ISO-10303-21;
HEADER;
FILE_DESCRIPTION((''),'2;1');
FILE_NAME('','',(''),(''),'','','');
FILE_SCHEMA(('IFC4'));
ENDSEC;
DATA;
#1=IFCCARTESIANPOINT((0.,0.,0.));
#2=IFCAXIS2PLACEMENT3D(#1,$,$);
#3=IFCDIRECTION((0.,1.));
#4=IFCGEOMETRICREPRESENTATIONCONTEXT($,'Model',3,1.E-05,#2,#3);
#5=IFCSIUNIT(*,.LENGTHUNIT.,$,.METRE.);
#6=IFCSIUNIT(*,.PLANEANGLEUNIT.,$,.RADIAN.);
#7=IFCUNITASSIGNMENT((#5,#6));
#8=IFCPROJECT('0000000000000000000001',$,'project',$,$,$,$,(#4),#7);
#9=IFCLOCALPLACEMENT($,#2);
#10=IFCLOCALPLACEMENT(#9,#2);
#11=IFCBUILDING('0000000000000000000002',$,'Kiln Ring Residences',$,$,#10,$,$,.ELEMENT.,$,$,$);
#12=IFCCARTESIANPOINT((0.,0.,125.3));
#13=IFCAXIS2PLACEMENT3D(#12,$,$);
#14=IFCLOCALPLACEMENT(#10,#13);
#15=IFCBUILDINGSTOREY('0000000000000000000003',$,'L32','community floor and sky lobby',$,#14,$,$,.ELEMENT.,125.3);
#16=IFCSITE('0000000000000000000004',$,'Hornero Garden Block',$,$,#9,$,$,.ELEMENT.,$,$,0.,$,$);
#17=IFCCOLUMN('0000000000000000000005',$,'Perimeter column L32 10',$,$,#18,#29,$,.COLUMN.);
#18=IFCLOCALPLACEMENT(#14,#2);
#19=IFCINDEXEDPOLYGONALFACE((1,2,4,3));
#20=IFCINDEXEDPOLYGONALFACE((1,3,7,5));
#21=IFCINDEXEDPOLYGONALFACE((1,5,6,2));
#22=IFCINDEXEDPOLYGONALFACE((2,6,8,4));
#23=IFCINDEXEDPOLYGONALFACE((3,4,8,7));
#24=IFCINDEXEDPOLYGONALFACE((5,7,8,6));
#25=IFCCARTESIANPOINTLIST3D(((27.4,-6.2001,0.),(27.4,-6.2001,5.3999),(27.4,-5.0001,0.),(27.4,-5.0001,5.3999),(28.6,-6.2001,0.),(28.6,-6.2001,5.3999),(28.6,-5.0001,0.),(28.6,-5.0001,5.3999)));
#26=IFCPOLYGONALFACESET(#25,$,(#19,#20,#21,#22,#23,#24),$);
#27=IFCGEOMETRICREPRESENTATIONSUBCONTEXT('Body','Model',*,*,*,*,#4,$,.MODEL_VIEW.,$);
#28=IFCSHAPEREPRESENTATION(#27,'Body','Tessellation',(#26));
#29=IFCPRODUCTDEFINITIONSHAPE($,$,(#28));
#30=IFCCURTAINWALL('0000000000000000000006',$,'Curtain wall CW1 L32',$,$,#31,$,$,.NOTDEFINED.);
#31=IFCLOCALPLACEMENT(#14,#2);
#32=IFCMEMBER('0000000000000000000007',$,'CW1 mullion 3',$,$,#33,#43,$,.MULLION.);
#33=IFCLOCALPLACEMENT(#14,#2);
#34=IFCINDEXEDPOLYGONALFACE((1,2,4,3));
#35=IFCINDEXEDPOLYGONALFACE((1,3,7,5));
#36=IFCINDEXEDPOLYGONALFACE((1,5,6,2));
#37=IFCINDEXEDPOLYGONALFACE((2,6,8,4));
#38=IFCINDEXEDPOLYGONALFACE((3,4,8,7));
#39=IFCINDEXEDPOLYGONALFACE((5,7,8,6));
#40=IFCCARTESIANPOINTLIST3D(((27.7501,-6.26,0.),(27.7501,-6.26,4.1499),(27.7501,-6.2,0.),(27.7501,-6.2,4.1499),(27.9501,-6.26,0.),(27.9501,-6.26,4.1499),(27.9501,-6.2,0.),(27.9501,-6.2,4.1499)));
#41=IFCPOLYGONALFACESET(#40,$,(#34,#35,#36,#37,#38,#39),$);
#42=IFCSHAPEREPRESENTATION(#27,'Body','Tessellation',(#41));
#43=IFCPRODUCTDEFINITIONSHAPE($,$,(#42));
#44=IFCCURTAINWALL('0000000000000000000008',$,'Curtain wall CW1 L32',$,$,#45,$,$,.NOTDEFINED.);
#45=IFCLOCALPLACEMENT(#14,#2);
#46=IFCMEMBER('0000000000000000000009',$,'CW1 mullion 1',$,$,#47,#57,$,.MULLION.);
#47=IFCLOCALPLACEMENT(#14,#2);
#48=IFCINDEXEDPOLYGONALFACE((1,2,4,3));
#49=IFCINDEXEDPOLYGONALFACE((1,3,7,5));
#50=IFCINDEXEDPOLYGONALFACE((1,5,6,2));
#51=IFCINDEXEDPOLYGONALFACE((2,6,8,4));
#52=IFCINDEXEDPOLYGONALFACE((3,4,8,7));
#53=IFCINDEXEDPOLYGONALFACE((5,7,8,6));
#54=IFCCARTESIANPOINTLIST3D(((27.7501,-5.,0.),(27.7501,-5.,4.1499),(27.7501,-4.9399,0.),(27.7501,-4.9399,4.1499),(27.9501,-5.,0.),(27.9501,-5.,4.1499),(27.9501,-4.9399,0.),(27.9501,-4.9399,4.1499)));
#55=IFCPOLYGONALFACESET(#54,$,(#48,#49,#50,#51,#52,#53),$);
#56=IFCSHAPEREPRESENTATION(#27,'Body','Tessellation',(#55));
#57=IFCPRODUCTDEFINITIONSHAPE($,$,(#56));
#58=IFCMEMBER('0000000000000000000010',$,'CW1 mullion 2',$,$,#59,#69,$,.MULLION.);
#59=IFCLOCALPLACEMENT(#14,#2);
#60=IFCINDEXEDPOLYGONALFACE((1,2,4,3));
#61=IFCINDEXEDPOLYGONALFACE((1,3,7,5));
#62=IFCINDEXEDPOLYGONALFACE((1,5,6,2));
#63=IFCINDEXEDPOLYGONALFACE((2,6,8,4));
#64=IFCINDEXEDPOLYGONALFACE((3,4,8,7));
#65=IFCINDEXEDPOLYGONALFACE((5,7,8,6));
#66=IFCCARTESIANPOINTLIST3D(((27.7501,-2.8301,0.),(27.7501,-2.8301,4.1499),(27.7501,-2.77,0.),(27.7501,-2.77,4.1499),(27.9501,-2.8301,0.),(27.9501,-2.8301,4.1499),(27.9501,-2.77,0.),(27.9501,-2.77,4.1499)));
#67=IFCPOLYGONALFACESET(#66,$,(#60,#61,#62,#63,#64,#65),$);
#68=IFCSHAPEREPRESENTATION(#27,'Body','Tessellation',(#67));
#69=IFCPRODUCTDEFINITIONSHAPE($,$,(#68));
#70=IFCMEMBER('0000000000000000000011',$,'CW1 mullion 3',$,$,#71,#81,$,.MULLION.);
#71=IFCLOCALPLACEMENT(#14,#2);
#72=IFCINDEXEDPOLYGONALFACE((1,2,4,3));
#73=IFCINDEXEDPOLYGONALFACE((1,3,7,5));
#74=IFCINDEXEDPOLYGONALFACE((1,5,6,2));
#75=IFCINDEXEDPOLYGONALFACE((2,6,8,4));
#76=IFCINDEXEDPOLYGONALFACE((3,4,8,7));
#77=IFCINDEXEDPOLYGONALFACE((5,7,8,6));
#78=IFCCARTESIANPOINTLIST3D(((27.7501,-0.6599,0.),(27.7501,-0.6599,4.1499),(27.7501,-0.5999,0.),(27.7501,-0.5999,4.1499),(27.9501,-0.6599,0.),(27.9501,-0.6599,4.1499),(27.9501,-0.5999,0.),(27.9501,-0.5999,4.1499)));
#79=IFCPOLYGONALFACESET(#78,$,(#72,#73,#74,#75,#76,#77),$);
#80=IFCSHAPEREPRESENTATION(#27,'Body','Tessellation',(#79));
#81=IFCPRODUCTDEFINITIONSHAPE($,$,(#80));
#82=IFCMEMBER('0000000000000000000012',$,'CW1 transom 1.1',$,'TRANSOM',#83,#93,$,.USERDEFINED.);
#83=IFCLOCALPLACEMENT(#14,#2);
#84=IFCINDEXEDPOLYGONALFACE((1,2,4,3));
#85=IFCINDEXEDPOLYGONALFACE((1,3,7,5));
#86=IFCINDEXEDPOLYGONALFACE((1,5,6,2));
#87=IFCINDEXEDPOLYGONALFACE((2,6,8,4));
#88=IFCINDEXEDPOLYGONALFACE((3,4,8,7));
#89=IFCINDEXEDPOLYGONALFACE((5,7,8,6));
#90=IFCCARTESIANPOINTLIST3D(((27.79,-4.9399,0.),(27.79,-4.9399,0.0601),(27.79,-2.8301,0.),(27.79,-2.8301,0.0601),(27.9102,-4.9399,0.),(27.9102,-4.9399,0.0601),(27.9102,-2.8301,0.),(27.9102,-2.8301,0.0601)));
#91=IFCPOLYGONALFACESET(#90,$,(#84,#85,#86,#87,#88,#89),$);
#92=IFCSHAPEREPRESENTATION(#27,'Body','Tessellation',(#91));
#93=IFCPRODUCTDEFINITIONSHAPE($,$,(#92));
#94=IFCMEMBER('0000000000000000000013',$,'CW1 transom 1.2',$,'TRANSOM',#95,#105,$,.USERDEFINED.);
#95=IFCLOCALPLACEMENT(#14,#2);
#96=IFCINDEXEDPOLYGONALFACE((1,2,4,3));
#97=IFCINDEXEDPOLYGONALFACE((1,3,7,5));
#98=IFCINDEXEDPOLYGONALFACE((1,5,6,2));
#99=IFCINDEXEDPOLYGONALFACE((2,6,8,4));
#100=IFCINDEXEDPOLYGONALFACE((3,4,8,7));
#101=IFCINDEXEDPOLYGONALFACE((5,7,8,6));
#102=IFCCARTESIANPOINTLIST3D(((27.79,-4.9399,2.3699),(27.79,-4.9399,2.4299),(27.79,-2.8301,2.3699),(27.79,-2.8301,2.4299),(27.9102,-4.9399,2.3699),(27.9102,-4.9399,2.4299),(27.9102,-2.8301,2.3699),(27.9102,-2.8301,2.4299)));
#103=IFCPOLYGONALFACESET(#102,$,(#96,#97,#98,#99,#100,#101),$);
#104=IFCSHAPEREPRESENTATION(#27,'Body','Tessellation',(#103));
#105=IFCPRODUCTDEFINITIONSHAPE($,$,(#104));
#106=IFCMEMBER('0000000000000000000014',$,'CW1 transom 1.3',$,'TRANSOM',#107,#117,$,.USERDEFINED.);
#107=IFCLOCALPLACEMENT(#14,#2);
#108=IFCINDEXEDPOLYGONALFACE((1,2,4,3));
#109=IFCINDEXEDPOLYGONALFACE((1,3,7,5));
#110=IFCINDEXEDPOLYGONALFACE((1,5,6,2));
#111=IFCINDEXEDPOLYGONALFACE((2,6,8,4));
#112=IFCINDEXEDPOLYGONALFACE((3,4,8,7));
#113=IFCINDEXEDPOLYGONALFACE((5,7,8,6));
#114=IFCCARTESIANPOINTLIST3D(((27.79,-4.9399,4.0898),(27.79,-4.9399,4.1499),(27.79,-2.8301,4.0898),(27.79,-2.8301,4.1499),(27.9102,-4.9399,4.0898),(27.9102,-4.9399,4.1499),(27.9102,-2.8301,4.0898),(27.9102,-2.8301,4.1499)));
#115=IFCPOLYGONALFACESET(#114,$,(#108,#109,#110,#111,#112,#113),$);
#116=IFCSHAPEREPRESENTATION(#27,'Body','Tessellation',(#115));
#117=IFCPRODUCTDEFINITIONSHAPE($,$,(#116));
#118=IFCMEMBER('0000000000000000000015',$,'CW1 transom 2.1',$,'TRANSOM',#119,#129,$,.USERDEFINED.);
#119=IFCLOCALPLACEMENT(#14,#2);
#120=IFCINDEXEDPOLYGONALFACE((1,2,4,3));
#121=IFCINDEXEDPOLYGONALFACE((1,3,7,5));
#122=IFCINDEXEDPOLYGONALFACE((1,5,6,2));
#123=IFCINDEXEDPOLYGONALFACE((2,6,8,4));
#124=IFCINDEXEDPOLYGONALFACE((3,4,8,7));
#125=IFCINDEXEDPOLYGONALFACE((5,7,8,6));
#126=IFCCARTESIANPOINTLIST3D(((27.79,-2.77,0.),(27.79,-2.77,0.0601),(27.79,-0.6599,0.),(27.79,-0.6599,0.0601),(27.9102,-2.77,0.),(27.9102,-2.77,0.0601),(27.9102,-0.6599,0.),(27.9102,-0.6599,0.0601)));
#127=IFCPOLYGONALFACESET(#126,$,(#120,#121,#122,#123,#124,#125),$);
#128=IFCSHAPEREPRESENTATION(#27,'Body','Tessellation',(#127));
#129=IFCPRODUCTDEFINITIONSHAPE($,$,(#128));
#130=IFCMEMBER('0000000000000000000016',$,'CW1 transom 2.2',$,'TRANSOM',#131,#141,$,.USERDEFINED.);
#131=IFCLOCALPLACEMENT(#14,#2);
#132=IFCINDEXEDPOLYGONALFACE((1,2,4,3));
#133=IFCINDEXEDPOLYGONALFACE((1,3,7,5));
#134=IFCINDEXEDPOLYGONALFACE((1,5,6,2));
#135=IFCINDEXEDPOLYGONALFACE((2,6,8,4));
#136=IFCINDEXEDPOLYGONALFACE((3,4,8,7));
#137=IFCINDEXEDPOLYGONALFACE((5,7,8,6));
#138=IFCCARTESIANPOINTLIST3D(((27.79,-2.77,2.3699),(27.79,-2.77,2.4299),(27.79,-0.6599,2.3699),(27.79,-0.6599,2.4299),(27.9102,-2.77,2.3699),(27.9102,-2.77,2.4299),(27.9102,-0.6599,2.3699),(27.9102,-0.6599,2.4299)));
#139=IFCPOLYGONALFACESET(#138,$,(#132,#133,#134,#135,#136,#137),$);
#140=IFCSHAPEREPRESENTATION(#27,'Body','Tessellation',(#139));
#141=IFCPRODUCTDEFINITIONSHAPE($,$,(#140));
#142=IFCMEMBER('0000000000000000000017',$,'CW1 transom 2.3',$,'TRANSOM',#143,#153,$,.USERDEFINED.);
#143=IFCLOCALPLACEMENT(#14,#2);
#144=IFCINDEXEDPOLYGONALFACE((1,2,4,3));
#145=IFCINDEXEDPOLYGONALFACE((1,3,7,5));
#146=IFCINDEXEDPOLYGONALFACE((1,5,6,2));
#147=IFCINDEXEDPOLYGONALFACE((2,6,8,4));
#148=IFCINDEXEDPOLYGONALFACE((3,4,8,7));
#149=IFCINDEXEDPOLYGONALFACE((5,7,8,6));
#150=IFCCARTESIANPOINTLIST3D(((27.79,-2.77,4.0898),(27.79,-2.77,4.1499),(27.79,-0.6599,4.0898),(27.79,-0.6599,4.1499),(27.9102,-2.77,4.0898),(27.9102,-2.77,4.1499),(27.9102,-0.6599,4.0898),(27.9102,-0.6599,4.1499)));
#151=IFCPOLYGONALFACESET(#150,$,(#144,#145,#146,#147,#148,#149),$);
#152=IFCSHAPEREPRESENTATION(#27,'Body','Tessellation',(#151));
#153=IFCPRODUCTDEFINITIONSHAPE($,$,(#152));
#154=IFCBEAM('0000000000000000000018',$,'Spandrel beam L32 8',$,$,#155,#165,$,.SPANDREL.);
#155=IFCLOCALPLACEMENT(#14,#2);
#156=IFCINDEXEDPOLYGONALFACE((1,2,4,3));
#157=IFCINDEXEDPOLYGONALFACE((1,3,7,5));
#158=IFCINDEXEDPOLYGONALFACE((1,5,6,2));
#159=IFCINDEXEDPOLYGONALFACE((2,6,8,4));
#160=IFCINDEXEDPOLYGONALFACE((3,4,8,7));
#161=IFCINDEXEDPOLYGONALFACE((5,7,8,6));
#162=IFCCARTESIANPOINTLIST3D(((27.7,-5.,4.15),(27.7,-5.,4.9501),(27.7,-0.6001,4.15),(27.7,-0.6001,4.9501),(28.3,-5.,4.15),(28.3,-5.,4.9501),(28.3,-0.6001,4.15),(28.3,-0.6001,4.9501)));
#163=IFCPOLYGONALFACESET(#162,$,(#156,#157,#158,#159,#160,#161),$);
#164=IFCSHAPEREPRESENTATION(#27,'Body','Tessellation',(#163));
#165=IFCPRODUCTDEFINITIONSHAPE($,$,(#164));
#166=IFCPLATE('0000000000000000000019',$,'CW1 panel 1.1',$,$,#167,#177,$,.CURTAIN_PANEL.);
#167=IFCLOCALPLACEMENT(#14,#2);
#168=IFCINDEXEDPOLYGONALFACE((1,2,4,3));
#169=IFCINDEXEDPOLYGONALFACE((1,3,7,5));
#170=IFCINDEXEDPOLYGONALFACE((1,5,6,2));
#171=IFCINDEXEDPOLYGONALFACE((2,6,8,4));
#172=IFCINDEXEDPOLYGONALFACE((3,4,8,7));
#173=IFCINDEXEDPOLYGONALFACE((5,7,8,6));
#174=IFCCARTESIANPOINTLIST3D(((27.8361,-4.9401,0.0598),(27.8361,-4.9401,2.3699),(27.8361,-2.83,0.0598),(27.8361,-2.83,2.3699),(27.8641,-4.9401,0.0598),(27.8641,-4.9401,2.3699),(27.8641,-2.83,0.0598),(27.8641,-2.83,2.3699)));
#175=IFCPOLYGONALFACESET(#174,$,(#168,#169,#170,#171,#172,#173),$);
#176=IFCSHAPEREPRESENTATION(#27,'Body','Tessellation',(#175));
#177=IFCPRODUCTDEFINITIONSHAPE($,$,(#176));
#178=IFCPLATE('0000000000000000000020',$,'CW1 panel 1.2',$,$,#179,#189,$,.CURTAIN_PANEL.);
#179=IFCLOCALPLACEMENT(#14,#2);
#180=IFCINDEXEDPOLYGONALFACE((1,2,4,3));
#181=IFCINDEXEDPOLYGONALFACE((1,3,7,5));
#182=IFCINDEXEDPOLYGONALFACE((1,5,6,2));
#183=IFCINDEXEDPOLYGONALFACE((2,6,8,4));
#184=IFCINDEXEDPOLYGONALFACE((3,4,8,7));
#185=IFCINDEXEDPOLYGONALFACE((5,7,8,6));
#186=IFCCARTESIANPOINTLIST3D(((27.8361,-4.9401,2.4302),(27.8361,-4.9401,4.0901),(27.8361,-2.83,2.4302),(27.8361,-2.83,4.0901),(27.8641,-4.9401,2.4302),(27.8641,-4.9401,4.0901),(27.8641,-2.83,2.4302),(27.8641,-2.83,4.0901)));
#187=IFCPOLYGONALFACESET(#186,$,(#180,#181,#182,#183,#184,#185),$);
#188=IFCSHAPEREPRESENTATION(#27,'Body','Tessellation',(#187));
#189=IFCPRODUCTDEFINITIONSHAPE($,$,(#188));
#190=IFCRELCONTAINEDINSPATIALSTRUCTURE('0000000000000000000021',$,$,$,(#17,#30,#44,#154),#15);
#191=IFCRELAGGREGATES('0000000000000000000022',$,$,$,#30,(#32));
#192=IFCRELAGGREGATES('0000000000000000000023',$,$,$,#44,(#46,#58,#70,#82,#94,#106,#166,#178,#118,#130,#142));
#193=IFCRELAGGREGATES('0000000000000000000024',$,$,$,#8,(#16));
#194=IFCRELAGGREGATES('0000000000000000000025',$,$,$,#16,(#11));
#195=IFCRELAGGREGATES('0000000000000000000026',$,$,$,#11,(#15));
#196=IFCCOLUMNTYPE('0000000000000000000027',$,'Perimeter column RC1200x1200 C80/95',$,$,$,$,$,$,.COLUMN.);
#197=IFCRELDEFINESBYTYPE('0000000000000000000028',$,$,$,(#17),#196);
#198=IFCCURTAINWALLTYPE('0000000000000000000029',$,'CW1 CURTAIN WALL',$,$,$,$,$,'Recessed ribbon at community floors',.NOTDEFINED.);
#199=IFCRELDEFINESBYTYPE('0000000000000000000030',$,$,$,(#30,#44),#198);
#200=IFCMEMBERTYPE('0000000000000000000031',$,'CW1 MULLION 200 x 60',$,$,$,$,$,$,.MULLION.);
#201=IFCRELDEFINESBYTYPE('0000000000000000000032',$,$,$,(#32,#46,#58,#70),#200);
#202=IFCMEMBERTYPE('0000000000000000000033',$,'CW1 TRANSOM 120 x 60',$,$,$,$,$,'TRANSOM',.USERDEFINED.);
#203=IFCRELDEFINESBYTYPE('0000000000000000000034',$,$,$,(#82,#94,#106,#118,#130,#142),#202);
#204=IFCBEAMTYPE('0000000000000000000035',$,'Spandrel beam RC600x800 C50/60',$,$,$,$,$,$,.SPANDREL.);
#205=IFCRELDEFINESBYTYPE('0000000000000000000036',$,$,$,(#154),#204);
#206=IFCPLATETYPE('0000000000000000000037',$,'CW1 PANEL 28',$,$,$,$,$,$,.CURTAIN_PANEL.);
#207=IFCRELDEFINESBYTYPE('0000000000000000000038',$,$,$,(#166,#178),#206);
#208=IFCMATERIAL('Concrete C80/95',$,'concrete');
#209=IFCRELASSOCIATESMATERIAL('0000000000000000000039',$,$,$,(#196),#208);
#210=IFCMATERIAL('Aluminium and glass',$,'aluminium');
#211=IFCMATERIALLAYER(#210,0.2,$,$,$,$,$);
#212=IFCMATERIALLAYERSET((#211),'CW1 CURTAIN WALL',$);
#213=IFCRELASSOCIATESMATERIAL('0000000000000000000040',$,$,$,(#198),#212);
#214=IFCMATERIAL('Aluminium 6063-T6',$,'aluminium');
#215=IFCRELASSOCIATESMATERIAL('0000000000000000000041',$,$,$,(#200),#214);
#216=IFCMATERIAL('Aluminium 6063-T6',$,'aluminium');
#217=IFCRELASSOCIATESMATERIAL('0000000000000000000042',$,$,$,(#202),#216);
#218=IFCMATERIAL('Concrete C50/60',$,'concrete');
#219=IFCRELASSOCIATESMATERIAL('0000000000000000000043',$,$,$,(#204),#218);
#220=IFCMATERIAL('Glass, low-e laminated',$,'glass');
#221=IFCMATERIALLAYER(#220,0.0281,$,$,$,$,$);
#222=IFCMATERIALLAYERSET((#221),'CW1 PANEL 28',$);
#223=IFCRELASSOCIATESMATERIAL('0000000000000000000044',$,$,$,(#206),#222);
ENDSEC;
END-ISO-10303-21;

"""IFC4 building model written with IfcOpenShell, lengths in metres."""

from ifc_helpers import new_model, si_unit, direction, frame, origin, origin_2d, place, context, subcontext, project, spatial, rectangle, extrude, material, layer, layer_set, material_profile, profile_set, type_object, element, aggregate, save


model = new_model("IFC4")

# Units and contexts
model_context = context("Model", 3, precision=1e-05, world=origin(), true_north=direction((0.0, 1.0)))
body_context = subcontext(model_context, "Body", "Model", "MODEL_VIEW")
ifc_project = project(units=[si_unit("LENGTHUNIT", "METRE"), si_unit("PLANEANGLEUNIT", "RADIAN")], contexts=[model_context])

# Site, building, storey
site_placement = place(None, origin())
site = spatial("IfcSite", under=ifc_project, at=site_placement, Name="Hornero Garden Block", CompositionType="ELEMENT", RefElevation=0.0)
building_placement = place(site_placement, origin())
building = spatial("IfcBuilding", under=site, at=building_placement, Name="Kiln Ring Residences", CompositionType="ELEMENT")
storey_placement = place(building_placement, frame((0.0, 0.0, 125.3)))
storey = spatial("IfcBuildingStorey", under=building, at=storey_placement, Name="L32", Description="community floor and sky lobby", CompositionType="ELEMENT", Elevation=125.3)

# Column
ifc_material_1 = material(Name="Concrete C80/95", Category="concrete")
ifc_material_profile_1 = material_profile(ifc_material_1, rectangle(XDim=1.2, YDim=1.2, at=origin_2d()), Name="RC1200x1200")
ifc_profile_set_1 = profile_set([ifc_material_profile_1], Name="Concrete C80/95")
column_type = type_object("IfcColumnType", Name="Perimeter column RC1200x1200 C80/95", PredefinedType="COLUMN", material=ifc_profile_set_1)
column_placement = place(storey_placement, frame((28.0, -5.6001, 0.0), z_axis=(0.0, 0.0, 1.0), x_axis=(1.0, 0.0, 0.0)))
element("IfcColumn", 1, at=column_placement, inside=storey, type_object=column_type, Name="Perimeter column L32 10", PredefinedType="COLUMN", context=body_context, shape_type="SweptSolid", body=[
    extrude(rectangle(XDim=1.2, YDim=1.2, at=origin_2d()), origin(), (0.0, 0.0, 1.0), 5.3999),
])

# Curtain wall, member
ifc_material_2 = material(Name="Aluminium and glass", Category="aluminium")
ifc_layer_1 = layer(ifc_material_2, 0.2)
ifc_layer_set_1 = layer_set([ifc_layer_1], Name="CW1 CURTAIN WALL")
curtain_wall_type = type_object("IfcCurtainWallType", Name="CW1 CURTAIN WALL", ElementType="Recessed ribbon at community floors", PredefinedType="NOTDEFINED", material=ifc_layer_set_1)
placement = place(storey_placement, origin())
curtain_wall_1 = element("IfcCurtainWall", 2, at=placement, inside=storey, type_object=curtain_wall_type, Name="Curtain wall CW1 L32", PredefinedType="NOTDEFINED")
ifc_material_3 = material(Name="Aluminium 6063-T6", Category="aluminium")
ifc_material_profile_2 = material_profile(ifc_material_3, rectangle(XDim=0.2, YDim=0.0601, at=origin_2d()), Name="AL 200x60")
ifc_profile_set_2 = profile_set([ifc_material_profile_2], Name="Aluminium 6063-T6")
member_type_1 = type_object("IfcMemberType", Name="CW1 MULLION 200 x 60", PredefinedType="MULLION", material=ifc_profile_set_2)
member_1_placement = place(storey_placement, frame((27.8501, -6.23, 0.0), z_axis=(0.0, 0.0, 1.0), x_axis=(-1.0, 0.0, 0.0)))
member_1 = element("IfcMember", 3, at=member_1_placement, type_object=member_type_1, Name="CW1 mullion 3", PredefinedType="MULLION", context=body_context, shape_type="SweptSolid", body=[
    extrude(rectangle(XDim=0.2, YDim=0.0601, at=origin_2d()), origin(), (0.0, 0.0, 1.0), 4.1499),
])
aggregate(curtain_wall_1, [member_1])

# Curtain wall, members
curtain_wall_2 = element("IfcCurtainWall", 4, at=placement, inside=storey, type_object=curtain_wall_type, Name="Curtain wall CW1 L32", PredefinedType="NOTDEFINED")
member_2_placement = place(storey_placement, frame((27.8501, -4.97, 0.0), z_axis=(0.0, 0.0, 1.0), x_axis=(-1.0, 0.0, 0.0)))
member_2 = element("IfcMember", 5, at=member_2_placement, type_object=member_type_1, Name="CW1 mullion 1", PredefinedType="MULLION", context=body_context, shape_type="SweptSolid", body=[
    extrude(rectangle(XDim=0.2, YDim=0.0601, at=origin_2d()), origin(), (0.0, 0.0, 1.0), 4.1499),
])
member_3_placement = place(storey_placement, frame((27.8501, -2.8, 0.0), z_axis=(0.0, 0.0, 1.0), x_axis=(-1.0, 0.0, 0.0)))
member_3 = element("IfcMember", 6, at=member_3_placement, type_object=member_type_1, Name="CW1 mullion 2", PredefinedType="MULLION", context=body_context, shape_type="SweptSolid", body=[
    extrude(rectangle(XDim=0.2, YDim=0.0601, at=origin_2d()), origin(), (0.0, 0.0, 1.0), 4.1499),
])
member_4_placement = place(storey_placement, frame((27.8501, -0.6299, 0.0), z_axis=(0.0, 0.0, 1.0), x_axis=(-1.0, 0.0, 0.0)))
member_4 = element("IfcMember", 7, at=member_4_placement, type_object=member_type_1, Name="CW1 mullion 3", PredefinedType="MULLION", context=body_context, shape_type="SweptSolid", body=[
    extrude(rectangle(XDim=0.2, YDim=0.0601, at=origin_2d()), origin(), (0.0, 0.0, 1.0), 4.1499),
])
ifc_material_4 = material(Name="Aluminium 6063-T6", Category="aluminium")
ifc_material_profile_3 = material_profile(ifc_material_4, rectangle(XDim=0.1201, YDim=0.0601, at=origin_2d()), Name="AL 120x60")
ifc_profile_set_3 = profile_set([ifc_material_profile_3], Name="Aluminium 6063-T6")
member_type_2 = type_object("IfcMemberType", Name="CW1 TRANSOM 120 x 60", ElementType="TRANSOM", PredefinedType="USERDEFINED", material=ifc_profile_set_3)
member_5_placement = place(storey_placement, frame((27.8501, -4.9399, 0.03), z_axis=(0.0, 1.0, 0.0), x_axis=(-1.0, 0.0, 0.0)))
member_5 = element("IfcMember", 8, at=member_5_placement, type_object=member_type_2, Name="CW1 transom 1.1", ObjectType="TRANSOM", PredefinedType="USERDEFINED", context=body_context, shape_type="SweptSolid", body=[
    extrude(rectangle(XDim=0.1201, YDim=0.0601, at=origin_2d()), origin(), (0.0, 0.0, 1.0), 2.1099),
])
member_6_placement = place(storey_placement, frame((27.8501, -4.9399, 2.3999), z_axis=(0.0, 1.0, 0.0), x_axis=(-1.0, 0.0, 0.0)))
member_6 = element("IfcMember", 9, at=member_6_placement, type_object=member_type_2, Name="CW1 transom 1.2", ObjectType="TRANSOM", PredefinedType="USERDEFINED", context=body_context, shape_type="SweptSolid", body=[
    extrude(rectangle(XDim=0.1201, YDim=0.0601, at=origin_2d()), origin(), (0.0, 0.0, 1.0), 2.1099),
])
member_7_placement = place(storey_placement, frame((27.8501, -4.9399, 4.1199), z_axis=(0.0, 1.0, 0.0), x_axis=(-1.0, 0.0, 0.0)))
member_7 = element("IfcMember", 10, at=member_7_placement, type_object=member_type_2, Name="CW1 transom 1.3", ObjectType="TRANSOM", PredefinedType="USERDEFINED", context=body_context, shape_type="SweptSolid", body=[
    extrude(rectangle(XDim=0.1201, YDim=0.0601, at=origin_2d()), origin(), (0.0, 0.0, 1.0), 2.1099),
])
member_8_placement = place(storey_placement, frame((27.8501, -2.77, 0.03), z_axis=(0.0, 1.0, 0.0), x_axis=(-1.0, 0.0, 0.0)))
member_8 = element("IfcMember", 11, at=member_8_placement, type_object=member_type_2, Name="CW1 transom 2.1", ObjectType="TRANSOM", PredefinedType="USERDEFINED", context=body_context, shape_type="SweptSolid", body=[
    extrude(rectangle(XDim=0.1201, YDim=0.0601, at=origin_2d()), origin(), (0.0, 0.0, 1.0), 2.1101),
])
member_9_placement = place(storey_placement, frame((27.8501, -2.77, 2.3999), z_axis=(0.0, 1.0, 0.0), x_axis=(-1.0, 0.0, 0.0)))
member_9 = element("IfcMember", 12, at=member_9_placement, type_object=member_type_2, Name="CW1 transom 2.2", ObjectType="TRANSOM", PredefinedType="USERDEFINED", context=body_context, shape_type="SweptSolid", body=[
    extrude(rectangle(XDim=0.1201, YDim=0.0601, at=origin_2d()), origin(), (0.0, 0.0, 1.0), 2.1101),
])
member_10_placement = place(storey_placement, frame((27.8501, -2.77, 4.1199), z_axis=(0.0, 1.0, 0.0), x_axis=(-1.0, 0.0, 0.0)))
member_10 = element("IfcMember", 13, at=member_10_placement, type_object=member_type_2, Name="CW1 transom 2.3", ObjectType="TRANSOM", PredefinedType="USERDEFINED", context=body_context, shape_type="SweptSolid", body=[
    extrude(rectangle(XDim=0.1201, YDim=0.0601, at=origin_2d()), origin(), (0.0, 0.0, 1.0), 2.1101),
])

# Beam
ifc_material_5 = material(Name="Concrete C50/60", Category="concrete")
ifc_material_profile_4 = material_profile(ifc_material_5, rectangle(XDim=0.6001, YDim=0.8, at=origin_2d()), Name="RC600x800")
ifc_profile_set_4 = profile_set([ifc_material_profile_4], Name="Concrete C50/60")
beam_type = type_object("IfcBeamType", Name="Spandrel beam RC600x800 C50/60", PredefinedType="SPANDREL", material=ifc_profile_set_4)
beam_placement = place(storey_placement, frame((28.0, -5.0, 4.55), z_axis=(0.0, 1.0, 0.0), x_axis=(-1.0, 0.0, 0.0)))
element("IfcBeam", 14, at=beam_placement, inside=storey, type_object=beam_type, Name="Spandrel beam L32 8", PredefinedType="SPANDREL", context=body_context, shape_type="SweptSolid", body=[
    extrude(rectangle(XDim=0.6001, YDim=0.8, at=origin_2d()), origin(), (0.0, 0.0, 1.0), 4.3999),
])

# Plates
ifc_material_6 = material(Name="Glass, low-e laminated", Category="glass")
ifc_layer_2 = layer(ifc_material_6, 0.0281)
ifc_layer_set_2 = layer_set([ifc_layer_2], Name="CW1 PANEL 28")
plate_type = type_object("IfcPlateType", Name="CW1 PANEL 28", PredefinedType="CURTAIN_PANEL", material=ifc_layer_set_2)
plate_1_placement = place(storey_placement, frame((27.8501, -3.885, 0.0598), z_axis=(0.0, 0.0, 1.0), x_axis=(0.0, 1.0, 0.0)))
plate_1 = element("IfcPlate", 15, at=plate_1_placement, type_object=plate_type, Name="CW1 panel 1.1", PredefinedType="CURTAIN_PANEL", context=body_context, shape_type="SweptSolid", body=[
    extrude(rectangle(XDim=2.1101, YDim=0.0281, at=origin_2d()), origin(), (0.0, 0.0, 1.0), 2.3101),
])
plate_2_placement = place(storey_placement, frame((27.8501, -3.885, 2.4302), z_axis=(0.0, 0.0, 1.0), x_axis=(0.0, 1.0, 0.0)))
plate_2 = element("IfcPlate", 16, at=plate_2_placement, type_object=plate_type, Name="CW1 panel 1.2", PredefinedType="CURTAIN_PANEL", context=body_context, shape_type="SweptSolid", body=[
    extrude(rectangle(XDim=2.1101, YDim=0.0281, at=origin_2d()), origin(), (0.0, 0.0, 1.0), 1.6599),
])
aggregate(curtain_wall_2, [member_2, member_3, member_4, member_5, member_6, member_7, plate_1, plate_2, member_8, member_9, member_10])

save(model, "model.ifc")
